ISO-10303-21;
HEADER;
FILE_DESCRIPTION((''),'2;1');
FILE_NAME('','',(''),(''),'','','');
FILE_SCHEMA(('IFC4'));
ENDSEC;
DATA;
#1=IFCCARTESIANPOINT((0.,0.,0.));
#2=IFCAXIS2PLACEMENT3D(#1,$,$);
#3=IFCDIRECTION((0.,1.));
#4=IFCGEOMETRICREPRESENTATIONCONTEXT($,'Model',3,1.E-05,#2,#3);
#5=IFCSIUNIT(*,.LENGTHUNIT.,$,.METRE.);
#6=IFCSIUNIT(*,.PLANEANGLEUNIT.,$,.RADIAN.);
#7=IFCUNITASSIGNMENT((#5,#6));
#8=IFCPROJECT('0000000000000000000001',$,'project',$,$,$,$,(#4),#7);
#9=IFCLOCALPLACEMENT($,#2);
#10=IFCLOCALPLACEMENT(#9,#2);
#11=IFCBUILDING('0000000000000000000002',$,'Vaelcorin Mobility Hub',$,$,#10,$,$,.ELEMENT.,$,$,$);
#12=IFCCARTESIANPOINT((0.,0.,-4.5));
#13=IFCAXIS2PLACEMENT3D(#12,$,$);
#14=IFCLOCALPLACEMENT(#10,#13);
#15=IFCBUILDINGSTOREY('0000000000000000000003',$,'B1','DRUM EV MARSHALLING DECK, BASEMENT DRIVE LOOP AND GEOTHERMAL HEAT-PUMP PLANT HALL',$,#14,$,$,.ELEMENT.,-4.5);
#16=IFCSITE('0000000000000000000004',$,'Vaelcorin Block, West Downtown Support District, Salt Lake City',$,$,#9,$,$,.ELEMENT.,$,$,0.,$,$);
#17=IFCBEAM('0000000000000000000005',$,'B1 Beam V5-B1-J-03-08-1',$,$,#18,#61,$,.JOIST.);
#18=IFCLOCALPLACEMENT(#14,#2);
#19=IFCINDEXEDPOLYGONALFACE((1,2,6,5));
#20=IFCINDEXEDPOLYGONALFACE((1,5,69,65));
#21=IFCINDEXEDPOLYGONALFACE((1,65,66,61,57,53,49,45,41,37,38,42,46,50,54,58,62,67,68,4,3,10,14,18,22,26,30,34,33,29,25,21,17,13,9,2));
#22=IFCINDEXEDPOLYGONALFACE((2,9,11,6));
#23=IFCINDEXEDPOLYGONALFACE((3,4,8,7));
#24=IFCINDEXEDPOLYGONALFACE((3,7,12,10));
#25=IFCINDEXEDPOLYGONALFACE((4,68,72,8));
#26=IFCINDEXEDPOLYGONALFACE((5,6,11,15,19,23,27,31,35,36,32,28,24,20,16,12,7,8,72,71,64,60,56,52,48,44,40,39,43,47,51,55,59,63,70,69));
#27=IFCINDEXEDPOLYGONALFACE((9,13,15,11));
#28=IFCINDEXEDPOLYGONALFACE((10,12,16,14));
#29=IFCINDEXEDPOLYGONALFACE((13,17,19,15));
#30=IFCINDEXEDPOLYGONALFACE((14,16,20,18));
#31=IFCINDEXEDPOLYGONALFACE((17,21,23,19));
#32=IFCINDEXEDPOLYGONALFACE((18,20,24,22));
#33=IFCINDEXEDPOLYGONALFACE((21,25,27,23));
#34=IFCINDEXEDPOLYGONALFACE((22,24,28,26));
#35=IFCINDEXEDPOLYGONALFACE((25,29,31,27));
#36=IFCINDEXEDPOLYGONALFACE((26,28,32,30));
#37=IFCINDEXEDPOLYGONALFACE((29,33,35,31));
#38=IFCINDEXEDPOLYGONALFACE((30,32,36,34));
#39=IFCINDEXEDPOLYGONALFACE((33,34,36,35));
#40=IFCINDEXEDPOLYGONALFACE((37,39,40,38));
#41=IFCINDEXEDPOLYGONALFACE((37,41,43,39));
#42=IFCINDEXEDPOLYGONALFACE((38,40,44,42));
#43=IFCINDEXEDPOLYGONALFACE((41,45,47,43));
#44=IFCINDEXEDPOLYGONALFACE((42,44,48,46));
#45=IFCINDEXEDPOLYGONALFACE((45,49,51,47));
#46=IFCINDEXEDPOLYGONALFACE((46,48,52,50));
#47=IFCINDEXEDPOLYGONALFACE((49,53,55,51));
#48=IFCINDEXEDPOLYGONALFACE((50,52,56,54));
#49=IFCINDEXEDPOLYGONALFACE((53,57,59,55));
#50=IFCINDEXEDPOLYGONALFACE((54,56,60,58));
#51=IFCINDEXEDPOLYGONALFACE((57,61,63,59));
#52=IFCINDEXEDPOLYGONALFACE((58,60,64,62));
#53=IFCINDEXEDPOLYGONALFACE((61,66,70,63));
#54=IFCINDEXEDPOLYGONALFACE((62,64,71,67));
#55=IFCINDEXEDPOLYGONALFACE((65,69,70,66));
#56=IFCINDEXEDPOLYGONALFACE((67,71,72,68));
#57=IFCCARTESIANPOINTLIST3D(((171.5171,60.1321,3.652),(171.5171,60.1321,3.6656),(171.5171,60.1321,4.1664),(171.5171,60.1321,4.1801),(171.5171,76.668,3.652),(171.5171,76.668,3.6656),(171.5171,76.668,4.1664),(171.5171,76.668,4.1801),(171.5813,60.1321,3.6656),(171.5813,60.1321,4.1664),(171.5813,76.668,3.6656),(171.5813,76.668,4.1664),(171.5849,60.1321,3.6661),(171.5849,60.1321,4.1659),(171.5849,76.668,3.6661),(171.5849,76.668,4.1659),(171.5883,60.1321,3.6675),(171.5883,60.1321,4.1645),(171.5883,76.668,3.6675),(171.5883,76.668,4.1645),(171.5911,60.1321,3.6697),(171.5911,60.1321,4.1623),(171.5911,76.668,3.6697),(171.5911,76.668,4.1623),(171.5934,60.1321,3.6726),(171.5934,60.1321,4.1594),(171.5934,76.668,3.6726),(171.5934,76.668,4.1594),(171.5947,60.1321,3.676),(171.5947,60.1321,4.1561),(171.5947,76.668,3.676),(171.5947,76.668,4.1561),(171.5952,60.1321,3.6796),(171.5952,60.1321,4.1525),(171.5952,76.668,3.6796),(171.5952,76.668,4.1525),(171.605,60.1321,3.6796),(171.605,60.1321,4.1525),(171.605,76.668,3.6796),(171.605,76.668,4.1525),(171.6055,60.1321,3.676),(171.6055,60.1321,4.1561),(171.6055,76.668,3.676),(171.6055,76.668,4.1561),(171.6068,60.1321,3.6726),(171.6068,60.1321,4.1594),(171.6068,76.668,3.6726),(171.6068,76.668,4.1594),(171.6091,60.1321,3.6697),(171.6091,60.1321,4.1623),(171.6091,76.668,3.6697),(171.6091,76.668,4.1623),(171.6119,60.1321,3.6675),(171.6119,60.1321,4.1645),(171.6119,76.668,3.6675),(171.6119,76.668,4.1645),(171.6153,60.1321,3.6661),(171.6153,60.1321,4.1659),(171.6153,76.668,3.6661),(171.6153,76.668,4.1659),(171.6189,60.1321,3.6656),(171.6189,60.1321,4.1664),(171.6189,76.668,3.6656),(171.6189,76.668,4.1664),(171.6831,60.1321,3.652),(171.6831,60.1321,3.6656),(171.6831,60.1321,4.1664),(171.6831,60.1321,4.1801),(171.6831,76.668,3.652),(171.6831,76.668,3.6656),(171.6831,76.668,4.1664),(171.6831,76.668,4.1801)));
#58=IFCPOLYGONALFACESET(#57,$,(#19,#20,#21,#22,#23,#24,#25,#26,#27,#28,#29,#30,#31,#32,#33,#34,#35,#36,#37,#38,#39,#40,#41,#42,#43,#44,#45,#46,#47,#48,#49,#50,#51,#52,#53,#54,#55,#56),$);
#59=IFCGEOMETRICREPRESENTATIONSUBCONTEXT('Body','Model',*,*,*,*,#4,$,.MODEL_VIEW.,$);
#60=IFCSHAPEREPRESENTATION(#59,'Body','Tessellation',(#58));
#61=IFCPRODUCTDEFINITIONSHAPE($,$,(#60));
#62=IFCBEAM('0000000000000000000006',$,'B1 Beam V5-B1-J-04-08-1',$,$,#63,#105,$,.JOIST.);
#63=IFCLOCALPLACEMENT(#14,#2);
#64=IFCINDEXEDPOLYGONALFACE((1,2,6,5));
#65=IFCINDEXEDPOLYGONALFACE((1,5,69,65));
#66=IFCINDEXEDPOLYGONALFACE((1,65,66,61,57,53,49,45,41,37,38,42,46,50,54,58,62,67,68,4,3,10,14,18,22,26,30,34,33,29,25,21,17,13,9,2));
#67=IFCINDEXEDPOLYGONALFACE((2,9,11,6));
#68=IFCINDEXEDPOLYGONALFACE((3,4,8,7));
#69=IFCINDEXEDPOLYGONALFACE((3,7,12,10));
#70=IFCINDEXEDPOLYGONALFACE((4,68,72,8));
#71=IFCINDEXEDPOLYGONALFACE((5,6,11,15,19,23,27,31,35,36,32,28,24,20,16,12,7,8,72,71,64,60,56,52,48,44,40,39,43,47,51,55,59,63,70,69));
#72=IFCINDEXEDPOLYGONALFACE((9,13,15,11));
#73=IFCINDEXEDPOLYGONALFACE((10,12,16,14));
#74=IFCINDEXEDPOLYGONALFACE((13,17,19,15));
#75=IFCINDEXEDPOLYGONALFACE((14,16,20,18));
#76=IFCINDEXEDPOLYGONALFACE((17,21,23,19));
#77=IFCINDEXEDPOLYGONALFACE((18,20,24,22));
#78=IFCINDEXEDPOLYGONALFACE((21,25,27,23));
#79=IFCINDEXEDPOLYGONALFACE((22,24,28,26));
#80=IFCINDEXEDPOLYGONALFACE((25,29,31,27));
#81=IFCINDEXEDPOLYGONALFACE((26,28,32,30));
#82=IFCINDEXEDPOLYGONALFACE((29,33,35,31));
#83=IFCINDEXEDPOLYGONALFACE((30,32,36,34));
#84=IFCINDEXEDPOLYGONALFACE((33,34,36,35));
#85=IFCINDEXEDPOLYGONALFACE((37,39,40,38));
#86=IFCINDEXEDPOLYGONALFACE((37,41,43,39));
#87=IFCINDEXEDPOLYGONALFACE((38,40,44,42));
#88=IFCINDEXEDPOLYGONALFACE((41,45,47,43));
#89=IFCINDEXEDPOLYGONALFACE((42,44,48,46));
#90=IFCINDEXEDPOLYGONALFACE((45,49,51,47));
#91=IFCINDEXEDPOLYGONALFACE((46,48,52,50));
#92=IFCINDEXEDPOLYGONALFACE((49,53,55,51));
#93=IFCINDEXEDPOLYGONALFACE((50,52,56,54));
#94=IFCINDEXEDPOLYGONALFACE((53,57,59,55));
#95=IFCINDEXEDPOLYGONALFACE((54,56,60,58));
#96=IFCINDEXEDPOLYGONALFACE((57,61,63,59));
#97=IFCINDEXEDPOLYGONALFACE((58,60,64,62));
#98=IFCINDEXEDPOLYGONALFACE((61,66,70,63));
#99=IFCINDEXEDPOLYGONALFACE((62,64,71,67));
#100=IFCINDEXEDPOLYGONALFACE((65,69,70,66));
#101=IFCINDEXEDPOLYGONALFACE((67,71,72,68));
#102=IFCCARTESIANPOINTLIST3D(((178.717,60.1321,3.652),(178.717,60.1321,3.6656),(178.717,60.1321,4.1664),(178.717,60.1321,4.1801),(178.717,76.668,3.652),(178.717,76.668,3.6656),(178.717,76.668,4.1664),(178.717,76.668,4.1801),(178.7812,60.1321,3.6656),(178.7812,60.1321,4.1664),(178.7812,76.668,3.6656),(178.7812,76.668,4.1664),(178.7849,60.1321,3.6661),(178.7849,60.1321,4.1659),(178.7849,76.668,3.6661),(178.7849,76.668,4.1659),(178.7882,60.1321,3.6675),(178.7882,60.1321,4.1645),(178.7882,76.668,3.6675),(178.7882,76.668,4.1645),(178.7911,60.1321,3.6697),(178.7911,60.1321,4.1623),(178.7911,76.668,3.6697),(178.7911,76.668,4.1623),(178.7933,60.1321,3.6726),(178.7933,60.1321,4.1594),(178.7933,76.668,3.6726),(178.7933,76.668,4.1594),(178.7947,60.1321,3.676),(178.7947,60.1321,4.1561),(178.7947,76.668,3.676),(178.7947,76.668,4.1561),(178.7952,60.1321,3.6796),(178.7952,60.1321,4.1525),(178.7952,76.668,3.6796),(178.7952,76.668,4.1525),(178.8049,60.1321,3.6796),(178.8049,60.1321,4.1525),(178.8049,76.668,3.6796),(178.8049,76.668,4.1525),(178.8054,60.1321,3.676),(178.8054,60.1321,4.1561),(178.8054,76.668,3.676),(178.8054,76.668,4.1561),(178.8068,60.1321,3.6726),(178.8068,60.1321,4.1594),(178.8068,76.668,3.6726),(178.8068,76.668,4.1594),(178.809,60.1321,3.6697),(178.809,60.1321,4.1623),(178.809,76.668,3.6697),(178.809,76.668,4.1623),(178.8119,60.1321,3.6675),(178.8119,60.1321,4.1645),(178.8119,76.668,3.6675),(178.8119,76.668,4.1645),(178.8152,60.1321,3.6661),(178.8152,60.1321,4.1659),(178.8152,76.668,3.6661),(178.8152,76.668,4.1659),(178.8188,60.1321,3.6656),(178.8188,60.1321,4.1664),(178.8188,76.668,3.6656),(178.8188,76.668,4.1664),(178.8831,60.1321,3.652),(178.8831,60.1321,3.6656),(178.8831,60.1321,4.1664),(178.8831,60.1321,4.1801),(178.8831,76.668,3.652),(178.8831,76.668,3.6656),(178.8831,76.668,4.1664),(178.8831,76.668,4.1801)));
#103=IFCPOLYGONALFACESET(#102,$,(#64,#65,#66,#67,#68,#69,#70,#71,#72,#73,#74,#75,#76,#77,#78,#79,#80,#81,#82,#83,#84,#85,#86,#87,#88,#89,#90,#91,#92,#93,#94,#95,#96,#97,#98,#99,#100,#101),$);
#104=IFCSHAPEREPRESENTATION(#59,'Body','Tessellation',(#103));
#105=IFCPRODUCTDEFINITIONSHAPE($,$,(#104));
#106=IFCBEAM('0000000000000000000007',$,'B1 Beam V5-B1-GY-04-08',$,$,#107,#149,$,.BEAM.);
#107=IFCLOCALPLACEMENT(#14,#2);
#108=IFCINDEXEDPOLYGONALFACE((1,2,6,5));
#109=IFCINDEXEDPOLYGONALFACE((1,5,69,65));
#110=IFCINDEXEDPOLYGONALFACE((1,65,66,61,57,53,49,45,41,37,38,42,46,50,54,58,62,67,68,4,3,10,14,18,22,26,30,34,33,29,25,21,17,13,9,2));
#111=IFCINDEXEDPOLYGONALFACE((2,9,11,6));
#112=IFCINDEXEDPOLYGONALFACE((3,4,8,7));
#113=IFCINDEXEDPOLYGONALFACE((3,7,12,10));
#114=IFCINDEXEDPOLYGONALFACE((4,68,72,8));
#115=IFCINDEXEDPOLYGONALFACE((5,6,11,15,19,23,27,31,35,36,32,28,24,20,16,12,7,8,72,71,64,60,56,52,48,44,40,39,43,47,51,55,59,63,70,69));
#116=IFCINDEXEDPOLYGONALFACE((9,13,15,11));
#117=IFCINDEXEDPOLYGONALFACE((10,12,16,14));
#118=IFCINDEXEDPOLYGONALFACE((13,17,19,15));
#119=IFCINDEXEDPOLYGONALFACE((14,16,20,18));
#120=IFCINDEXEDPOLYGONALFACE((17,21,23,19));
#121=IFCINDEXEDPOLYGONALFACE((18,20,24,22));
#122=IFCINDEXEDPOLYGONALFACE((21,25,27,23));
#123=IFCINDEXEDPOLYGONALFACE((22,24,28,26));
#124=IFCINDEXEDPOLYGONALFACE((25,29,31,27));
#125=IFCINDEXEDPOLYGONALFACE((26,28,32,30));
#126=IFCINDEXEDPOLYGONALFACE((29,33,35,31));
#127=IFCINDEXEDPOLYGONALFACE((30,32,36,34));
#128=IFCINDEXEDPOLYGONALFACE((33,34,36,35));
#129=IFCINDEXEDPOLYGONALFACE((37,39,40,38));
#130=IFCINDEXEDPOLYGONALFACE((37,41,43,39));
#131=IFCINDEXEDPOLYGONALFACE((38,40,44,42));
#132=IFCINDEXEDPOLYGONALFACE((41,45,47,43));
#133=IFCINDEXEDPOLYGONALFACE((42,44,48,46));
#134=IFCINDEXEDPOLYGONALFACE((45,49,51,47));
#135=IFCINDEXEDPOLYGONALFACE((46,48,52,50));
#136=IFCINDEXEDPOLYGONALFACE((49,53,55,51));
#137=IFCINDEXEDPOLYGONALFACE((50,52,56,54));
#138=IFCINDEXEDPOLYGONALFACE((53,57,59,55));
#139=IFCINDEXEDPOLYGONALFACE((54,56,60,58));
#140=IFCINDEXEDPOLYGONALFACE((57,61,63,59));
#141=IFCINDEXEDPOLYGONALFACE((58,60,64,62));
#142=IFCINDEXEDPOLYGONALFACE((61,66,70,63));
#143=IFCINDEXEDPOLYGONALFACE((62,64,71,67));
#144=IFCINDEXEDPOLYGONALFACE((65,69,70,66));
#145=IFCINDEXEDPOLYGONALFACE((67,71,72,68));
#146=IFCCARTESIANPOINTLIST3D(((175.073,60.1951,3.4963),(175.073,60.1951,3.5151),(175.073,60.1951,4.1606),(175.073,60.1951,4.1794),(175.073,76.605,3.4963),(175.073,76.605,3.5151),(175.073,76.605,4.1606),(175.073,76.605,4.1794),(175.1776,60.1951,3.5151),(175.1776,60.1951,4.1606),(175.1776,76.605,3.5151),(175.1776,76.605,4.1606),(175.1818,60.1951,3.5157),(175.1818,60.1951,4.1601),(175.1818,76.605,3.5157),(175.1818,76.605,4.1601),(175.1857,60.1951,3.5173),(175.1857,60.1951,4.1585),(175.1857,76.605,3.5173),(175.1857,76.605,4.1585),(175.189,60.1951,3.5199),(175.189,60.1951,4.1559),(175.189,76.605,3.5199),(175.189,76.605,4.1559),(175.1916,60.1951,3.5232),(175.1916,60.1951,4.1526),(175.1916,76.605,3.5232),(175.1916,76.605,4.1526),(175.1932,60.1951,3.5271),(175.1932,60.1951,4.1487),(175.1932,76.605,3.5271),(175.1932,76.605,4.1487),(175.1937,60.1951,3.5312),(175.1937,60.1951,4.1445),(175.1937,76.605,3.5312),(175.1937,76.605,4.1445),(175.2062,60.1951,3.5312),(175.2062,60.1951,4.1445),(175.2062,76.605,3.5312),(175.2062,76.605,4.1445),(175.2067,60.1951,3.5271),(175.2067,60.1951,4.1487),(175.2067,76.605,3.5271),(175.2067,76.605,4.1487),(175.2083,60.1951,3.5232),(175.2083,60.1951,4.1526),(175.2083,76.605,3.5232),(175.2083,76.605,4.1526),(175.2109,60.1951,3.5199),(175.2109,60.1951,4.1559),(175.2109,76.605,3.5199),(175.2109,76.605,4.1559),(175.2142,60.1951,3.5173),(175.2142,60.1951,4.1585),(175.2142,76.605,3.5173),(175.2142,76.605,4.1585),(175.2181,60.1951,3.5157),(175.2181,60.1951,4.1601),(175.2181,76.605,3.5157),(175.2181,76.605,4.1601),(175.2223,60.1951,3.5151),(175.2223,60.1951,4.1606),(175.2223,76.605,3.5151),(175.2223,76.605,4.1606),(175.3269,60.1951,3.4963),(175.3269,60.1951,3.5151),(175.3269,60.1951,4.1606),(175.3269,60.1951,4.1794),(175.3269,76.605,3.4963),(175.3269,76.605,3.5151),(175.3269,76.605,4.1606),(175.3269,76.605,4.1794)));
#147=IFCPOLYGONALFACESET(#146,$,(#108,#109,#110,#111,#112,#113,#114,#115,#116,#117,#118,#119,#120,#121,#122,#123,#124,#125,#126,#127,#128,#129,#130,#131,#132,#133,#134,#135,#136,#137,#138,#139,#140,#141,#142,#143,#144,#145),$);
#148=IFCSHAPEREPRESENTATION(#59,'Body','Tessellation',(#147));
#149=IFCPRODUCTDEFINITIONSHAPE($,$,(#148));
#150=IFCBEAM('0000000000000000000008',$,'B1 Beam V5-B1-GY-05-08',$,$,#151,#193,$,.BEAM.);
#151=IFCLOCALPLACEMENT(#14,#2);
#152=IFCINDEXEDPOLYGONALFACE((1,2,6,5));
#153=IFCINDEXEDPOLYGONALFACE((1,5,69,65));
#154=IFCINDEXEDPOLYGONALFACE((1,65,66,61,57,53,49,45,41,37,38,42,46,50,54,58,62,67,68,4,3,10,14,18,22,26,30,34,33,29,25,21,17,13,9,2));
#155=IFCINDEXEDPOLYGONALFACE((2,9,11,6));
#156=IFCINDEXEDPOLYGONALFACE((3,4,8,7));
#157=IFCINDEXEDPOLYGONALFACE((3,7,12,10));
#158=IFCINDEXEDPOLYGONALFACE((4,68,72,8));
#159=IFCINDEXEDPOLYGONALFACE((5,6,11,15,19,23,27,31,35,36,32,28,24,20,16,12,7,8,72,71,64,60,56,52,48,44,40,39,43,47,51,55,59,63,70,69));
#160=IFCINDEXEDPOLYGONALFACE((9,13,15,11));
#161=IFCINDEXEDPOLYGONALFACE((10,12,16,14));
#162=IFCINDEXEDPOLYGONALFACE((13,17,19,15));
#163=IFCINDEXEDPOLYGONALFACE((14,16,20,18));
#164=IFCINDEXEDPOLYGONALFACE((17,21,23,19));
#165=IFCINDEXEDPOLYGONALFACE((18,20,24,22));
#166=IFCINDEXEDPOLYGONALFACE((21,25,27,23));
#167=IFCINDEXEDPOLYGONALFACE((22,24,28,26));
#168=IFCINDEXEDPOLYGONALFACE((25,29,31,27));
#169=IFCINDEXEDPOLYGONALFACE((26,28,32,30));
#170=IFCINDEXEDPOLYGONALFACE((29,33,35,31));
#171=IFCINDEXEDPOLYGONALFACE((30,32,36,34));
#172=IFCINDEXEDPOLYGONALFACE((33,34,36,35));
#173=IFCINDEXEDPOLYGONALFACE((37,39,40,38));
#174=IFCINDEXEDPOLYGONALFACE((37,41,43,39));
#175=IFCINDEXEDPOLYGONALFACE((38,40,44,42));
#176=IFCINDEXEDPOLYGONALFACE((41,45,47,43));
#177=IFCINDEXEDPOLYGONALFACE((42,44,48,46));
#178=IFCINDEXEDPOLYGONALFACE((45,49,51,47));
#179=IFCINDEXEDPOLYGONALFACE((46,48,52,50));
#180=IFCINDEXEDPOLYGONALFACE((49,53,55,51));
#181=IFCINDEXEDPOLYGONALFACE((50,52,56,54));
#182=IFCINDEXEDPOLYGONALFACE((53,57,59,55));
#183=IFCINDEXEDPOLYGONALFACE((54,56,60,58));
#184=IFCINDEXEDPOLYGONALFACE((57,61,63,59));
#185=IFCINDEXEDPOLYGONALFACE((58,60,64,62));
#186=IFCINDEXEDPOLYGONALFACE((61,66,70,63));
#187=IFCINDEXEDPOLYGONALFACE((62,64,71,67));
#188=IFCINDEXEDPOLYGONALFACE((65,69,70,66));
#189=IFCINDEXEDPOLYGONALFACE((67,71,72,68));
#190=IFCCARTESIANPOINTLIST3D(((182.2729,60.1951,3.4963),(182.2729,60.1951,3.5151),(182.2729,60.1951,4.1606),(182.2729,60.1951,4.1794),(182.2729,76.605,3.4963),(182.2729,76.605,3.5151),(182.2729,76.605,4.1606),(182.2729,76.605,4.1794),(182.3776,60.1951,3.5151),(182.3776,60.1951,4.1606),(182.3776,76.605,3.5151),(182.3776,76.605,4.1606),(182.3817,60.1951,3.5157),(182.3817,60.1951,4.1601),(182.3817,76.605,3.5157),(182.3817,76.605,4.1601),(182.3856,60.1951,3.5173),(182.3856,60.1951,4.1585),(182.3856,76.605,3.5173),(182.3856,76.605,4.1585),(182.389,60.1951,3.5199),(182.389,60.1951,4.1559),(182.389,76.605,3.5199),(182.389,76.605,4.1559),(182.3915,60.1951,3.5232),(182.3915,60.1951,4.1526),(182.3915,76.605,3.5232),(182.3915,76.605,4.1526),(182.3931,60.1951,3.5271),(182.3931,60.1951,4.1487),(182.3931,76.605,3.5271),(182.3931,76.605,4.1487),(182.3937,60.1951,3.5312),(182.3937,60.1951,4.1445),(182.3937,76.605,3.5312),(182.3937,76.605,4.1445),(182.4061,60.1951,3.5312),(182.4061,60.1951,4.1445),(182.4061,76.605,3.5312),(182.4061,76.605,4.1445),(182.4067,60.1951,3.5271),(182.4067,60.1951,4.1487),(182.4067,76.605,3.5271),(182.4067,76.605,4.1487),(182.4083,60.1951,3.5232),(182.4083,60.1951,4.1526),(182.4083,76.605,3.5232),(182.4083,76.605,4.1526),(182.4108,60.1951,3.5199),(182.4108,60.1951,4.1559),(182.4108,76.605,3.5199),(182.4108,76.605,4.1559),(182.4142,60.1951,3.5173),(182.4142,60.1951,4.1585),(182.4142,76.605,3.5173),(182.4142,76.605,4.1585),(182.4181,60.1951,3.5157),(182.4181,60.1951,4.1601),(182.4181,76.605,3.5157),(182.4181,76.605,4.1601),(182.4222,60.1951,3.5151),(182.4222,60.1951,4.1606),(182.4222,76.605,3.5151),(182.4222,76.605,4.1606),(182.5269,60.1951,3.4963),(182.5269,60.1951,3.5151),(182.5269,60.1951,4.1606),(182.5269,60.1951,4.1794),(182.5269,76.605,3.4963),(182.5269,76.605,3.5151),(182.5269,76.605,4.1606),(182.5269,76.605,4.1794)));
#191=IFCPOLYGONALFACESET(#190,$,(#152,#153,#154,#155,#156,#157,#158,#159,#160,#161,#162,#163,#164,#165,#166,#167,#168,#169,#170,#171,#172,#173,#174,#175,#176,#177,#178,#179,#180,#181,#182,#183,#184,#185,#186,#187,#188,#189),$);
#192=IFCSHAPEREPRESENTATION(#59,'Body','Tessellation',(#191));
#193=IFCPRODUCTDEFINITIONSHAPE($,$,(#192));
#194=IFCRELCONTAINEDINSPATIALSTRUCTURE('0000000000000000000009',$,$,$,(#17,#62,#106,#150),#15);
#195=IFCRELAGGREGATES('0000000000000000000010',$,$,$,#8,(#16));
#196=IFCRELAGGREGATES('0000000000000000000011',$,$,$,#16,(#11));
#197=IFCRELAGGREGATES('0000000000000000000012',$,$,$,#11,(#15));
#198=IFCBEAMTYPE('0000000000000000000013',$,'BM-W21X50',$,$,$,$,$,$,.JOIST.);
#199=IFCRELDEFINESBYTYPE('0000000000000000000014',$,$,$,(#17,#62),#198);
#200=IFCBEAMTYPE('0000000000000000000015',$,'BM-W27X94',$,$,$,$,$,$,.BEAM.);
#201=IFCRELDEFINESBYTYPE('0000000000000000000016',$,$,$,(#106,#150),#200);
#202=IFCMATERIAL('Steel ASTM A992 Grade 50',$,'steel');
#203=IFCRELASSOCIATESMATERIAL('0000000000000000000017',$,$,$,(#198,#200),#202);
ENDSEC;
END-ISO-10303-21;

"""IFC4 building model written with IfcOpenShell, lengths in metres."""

from ifc_helpers import new_model, si_unit, direction, frame, origin, origin_2d, place, context, subcontext, project, spatial, i_section, extrude, material, material_profile, profile_set, type_object, element, save


model = new_model("IFC4")

# Units and contexts
model_context = context("Model", 3, precision=1e-05, world=origin(), true_north=direction((0.0, 1.0)))
body_context = subcontext(model_context, "Body", "Model", "MODEL_VIEW")
ifc_project = project(units=[si_unit("LENGTHUNIT", "METRE"), si_unit("PLANEANGLEUNIT", "RADIAN")], contexts=[model_context])

# Site, building, storey
site_placement = place(None, origin())
site = spatial("IfcSite", under=ifc_project, at=site_placement, Name="Vaelcorin Block, West Downtown Support District, Salt Lake City", CompositionType="ELEMENT", RefElevation=0.0)
building_placement = place(site_placement, origin())
building = spatial("IfcBuilding", under=site, at=building_placement, Name="Vaelcorin Mobility Hub", CompositionType="ELEMENT")
storey_placement = place(building_placement, frame((0.0, 0.0, -4.5)))
storey = spatial("IfcBuildingStorey", under=building, at=storey_placement, Name="B1", Description="DRUM EV MARSHALLING DECK, BASEMENT DRIVE LOOP AND GEOTHERMAL HEAT-PUMP PLANT HALL", CompositionType="ELEMENT", Elevation=-4.5)

# Shared definitions
ifc_material_1 = material(Name="Steel ASTM A992 Grade 50", Category="steel")

# Beams
ifc_material_profile_1 = material_profile(ifc_material_1, i_section(OverallWidth=0.166, OverallDepth=0.5281, WebThickness=0.0098, FlangeThickness=0.0137, FilletRadius=0.0139, at=origin_2d()), Name="W21X50")
ifc_profile_set_1 = profile_set([ifc_material_profile_1], Name="Steel ASTM A992 Grade 50")
beam_type_1 = type_object("IfcBeamType", Name="BM-W21X50", PredefinedType="JOIST", material=ifc_profile_set_1)
for number, where, z_axis, x_axis, name in (
    (1, (171.6001, 60.1321, 3.916), (0.0, 1.0, 0.0), (-1.0, 0.0, 0.0), "B1 Beam V5-B1-J-03-08-1"),
    (2, (178.8, 60.1321, 3.916), (0.0, 1.0, 0.0), (-1.0, 0.0, 0.0), "B1 Beam V5-B1-J-04-08-1"),
):
    element("IfcBeam", number, at=place(storey_placement, frame(where, z_axis=z_axis, x_axis=x_axis)), inside=storey, type_object=beam_type_1, Name=name, PredefinedType="JOIST", context=body_context, shape_type="SweptSolid", body=[
        extrude(i_section(OverallWidth=0.166, OverallDepth=0.5281, WebThickness=0.0098, FlangeThickness=0.0137, FilletRadius=0.0139, at=origin_2d()), origin(), (0.0, 0.0, 1.0), 16.5359),
    ])
ifc_material_profile_2 = material_profile(ifc_material_1, i_section(OverallWidth=0.2539, OverallDepth=0.6831, WebThickness=0.0125, FlangeThickness=0.0188, FilletRadius=0.0161, at=origin_2d()), Name="W27X94")
ifc_profile_set_2 = profile_set([ifc_material_profile_2], Name="Steel ASTM A992 Grade 50")
beam_type_2 = type_object("IfcBeamType", Name="BM-W27X94", PredefinedType="BEAM", material=ifc_profile_set_2)
for number, where, z_axis, x_axis, name in (
    (3, (175.2, 60.1951, 3.8379), (0.0, 1.0, 0.0), (-1.0, 0.0, 0.0), "B1 Beam V5-B1-GY-04-08"),
    (4, (182.3999, 60.1951, 3.8379), (0.0, 1.0, 0.0), (-1.0, 0.0, 0.0), "B1 Beam V5-B1-GY-05-08"),
):
    element("IfcBeam", number, at=place(storey_placement, frame(where, z_axis=z_axis, x_axis=x_axis)), inside=storey, type_object=beam_type_2, Name=name, PredefinedType="BEAM", context=body_context, shape_type="SweptSolid", body=[
        extrude(i_section(OverallWidth=0.2539, OverallDepth=0.6831, WebThickness=0.0125, FlangeThickness=0.0188, FilletRadius=0.0161, at=origin_2d()), origin(), (0.0, 0.0, 1.0), 16.4099),
    ])

save(model, "model.ifc")
